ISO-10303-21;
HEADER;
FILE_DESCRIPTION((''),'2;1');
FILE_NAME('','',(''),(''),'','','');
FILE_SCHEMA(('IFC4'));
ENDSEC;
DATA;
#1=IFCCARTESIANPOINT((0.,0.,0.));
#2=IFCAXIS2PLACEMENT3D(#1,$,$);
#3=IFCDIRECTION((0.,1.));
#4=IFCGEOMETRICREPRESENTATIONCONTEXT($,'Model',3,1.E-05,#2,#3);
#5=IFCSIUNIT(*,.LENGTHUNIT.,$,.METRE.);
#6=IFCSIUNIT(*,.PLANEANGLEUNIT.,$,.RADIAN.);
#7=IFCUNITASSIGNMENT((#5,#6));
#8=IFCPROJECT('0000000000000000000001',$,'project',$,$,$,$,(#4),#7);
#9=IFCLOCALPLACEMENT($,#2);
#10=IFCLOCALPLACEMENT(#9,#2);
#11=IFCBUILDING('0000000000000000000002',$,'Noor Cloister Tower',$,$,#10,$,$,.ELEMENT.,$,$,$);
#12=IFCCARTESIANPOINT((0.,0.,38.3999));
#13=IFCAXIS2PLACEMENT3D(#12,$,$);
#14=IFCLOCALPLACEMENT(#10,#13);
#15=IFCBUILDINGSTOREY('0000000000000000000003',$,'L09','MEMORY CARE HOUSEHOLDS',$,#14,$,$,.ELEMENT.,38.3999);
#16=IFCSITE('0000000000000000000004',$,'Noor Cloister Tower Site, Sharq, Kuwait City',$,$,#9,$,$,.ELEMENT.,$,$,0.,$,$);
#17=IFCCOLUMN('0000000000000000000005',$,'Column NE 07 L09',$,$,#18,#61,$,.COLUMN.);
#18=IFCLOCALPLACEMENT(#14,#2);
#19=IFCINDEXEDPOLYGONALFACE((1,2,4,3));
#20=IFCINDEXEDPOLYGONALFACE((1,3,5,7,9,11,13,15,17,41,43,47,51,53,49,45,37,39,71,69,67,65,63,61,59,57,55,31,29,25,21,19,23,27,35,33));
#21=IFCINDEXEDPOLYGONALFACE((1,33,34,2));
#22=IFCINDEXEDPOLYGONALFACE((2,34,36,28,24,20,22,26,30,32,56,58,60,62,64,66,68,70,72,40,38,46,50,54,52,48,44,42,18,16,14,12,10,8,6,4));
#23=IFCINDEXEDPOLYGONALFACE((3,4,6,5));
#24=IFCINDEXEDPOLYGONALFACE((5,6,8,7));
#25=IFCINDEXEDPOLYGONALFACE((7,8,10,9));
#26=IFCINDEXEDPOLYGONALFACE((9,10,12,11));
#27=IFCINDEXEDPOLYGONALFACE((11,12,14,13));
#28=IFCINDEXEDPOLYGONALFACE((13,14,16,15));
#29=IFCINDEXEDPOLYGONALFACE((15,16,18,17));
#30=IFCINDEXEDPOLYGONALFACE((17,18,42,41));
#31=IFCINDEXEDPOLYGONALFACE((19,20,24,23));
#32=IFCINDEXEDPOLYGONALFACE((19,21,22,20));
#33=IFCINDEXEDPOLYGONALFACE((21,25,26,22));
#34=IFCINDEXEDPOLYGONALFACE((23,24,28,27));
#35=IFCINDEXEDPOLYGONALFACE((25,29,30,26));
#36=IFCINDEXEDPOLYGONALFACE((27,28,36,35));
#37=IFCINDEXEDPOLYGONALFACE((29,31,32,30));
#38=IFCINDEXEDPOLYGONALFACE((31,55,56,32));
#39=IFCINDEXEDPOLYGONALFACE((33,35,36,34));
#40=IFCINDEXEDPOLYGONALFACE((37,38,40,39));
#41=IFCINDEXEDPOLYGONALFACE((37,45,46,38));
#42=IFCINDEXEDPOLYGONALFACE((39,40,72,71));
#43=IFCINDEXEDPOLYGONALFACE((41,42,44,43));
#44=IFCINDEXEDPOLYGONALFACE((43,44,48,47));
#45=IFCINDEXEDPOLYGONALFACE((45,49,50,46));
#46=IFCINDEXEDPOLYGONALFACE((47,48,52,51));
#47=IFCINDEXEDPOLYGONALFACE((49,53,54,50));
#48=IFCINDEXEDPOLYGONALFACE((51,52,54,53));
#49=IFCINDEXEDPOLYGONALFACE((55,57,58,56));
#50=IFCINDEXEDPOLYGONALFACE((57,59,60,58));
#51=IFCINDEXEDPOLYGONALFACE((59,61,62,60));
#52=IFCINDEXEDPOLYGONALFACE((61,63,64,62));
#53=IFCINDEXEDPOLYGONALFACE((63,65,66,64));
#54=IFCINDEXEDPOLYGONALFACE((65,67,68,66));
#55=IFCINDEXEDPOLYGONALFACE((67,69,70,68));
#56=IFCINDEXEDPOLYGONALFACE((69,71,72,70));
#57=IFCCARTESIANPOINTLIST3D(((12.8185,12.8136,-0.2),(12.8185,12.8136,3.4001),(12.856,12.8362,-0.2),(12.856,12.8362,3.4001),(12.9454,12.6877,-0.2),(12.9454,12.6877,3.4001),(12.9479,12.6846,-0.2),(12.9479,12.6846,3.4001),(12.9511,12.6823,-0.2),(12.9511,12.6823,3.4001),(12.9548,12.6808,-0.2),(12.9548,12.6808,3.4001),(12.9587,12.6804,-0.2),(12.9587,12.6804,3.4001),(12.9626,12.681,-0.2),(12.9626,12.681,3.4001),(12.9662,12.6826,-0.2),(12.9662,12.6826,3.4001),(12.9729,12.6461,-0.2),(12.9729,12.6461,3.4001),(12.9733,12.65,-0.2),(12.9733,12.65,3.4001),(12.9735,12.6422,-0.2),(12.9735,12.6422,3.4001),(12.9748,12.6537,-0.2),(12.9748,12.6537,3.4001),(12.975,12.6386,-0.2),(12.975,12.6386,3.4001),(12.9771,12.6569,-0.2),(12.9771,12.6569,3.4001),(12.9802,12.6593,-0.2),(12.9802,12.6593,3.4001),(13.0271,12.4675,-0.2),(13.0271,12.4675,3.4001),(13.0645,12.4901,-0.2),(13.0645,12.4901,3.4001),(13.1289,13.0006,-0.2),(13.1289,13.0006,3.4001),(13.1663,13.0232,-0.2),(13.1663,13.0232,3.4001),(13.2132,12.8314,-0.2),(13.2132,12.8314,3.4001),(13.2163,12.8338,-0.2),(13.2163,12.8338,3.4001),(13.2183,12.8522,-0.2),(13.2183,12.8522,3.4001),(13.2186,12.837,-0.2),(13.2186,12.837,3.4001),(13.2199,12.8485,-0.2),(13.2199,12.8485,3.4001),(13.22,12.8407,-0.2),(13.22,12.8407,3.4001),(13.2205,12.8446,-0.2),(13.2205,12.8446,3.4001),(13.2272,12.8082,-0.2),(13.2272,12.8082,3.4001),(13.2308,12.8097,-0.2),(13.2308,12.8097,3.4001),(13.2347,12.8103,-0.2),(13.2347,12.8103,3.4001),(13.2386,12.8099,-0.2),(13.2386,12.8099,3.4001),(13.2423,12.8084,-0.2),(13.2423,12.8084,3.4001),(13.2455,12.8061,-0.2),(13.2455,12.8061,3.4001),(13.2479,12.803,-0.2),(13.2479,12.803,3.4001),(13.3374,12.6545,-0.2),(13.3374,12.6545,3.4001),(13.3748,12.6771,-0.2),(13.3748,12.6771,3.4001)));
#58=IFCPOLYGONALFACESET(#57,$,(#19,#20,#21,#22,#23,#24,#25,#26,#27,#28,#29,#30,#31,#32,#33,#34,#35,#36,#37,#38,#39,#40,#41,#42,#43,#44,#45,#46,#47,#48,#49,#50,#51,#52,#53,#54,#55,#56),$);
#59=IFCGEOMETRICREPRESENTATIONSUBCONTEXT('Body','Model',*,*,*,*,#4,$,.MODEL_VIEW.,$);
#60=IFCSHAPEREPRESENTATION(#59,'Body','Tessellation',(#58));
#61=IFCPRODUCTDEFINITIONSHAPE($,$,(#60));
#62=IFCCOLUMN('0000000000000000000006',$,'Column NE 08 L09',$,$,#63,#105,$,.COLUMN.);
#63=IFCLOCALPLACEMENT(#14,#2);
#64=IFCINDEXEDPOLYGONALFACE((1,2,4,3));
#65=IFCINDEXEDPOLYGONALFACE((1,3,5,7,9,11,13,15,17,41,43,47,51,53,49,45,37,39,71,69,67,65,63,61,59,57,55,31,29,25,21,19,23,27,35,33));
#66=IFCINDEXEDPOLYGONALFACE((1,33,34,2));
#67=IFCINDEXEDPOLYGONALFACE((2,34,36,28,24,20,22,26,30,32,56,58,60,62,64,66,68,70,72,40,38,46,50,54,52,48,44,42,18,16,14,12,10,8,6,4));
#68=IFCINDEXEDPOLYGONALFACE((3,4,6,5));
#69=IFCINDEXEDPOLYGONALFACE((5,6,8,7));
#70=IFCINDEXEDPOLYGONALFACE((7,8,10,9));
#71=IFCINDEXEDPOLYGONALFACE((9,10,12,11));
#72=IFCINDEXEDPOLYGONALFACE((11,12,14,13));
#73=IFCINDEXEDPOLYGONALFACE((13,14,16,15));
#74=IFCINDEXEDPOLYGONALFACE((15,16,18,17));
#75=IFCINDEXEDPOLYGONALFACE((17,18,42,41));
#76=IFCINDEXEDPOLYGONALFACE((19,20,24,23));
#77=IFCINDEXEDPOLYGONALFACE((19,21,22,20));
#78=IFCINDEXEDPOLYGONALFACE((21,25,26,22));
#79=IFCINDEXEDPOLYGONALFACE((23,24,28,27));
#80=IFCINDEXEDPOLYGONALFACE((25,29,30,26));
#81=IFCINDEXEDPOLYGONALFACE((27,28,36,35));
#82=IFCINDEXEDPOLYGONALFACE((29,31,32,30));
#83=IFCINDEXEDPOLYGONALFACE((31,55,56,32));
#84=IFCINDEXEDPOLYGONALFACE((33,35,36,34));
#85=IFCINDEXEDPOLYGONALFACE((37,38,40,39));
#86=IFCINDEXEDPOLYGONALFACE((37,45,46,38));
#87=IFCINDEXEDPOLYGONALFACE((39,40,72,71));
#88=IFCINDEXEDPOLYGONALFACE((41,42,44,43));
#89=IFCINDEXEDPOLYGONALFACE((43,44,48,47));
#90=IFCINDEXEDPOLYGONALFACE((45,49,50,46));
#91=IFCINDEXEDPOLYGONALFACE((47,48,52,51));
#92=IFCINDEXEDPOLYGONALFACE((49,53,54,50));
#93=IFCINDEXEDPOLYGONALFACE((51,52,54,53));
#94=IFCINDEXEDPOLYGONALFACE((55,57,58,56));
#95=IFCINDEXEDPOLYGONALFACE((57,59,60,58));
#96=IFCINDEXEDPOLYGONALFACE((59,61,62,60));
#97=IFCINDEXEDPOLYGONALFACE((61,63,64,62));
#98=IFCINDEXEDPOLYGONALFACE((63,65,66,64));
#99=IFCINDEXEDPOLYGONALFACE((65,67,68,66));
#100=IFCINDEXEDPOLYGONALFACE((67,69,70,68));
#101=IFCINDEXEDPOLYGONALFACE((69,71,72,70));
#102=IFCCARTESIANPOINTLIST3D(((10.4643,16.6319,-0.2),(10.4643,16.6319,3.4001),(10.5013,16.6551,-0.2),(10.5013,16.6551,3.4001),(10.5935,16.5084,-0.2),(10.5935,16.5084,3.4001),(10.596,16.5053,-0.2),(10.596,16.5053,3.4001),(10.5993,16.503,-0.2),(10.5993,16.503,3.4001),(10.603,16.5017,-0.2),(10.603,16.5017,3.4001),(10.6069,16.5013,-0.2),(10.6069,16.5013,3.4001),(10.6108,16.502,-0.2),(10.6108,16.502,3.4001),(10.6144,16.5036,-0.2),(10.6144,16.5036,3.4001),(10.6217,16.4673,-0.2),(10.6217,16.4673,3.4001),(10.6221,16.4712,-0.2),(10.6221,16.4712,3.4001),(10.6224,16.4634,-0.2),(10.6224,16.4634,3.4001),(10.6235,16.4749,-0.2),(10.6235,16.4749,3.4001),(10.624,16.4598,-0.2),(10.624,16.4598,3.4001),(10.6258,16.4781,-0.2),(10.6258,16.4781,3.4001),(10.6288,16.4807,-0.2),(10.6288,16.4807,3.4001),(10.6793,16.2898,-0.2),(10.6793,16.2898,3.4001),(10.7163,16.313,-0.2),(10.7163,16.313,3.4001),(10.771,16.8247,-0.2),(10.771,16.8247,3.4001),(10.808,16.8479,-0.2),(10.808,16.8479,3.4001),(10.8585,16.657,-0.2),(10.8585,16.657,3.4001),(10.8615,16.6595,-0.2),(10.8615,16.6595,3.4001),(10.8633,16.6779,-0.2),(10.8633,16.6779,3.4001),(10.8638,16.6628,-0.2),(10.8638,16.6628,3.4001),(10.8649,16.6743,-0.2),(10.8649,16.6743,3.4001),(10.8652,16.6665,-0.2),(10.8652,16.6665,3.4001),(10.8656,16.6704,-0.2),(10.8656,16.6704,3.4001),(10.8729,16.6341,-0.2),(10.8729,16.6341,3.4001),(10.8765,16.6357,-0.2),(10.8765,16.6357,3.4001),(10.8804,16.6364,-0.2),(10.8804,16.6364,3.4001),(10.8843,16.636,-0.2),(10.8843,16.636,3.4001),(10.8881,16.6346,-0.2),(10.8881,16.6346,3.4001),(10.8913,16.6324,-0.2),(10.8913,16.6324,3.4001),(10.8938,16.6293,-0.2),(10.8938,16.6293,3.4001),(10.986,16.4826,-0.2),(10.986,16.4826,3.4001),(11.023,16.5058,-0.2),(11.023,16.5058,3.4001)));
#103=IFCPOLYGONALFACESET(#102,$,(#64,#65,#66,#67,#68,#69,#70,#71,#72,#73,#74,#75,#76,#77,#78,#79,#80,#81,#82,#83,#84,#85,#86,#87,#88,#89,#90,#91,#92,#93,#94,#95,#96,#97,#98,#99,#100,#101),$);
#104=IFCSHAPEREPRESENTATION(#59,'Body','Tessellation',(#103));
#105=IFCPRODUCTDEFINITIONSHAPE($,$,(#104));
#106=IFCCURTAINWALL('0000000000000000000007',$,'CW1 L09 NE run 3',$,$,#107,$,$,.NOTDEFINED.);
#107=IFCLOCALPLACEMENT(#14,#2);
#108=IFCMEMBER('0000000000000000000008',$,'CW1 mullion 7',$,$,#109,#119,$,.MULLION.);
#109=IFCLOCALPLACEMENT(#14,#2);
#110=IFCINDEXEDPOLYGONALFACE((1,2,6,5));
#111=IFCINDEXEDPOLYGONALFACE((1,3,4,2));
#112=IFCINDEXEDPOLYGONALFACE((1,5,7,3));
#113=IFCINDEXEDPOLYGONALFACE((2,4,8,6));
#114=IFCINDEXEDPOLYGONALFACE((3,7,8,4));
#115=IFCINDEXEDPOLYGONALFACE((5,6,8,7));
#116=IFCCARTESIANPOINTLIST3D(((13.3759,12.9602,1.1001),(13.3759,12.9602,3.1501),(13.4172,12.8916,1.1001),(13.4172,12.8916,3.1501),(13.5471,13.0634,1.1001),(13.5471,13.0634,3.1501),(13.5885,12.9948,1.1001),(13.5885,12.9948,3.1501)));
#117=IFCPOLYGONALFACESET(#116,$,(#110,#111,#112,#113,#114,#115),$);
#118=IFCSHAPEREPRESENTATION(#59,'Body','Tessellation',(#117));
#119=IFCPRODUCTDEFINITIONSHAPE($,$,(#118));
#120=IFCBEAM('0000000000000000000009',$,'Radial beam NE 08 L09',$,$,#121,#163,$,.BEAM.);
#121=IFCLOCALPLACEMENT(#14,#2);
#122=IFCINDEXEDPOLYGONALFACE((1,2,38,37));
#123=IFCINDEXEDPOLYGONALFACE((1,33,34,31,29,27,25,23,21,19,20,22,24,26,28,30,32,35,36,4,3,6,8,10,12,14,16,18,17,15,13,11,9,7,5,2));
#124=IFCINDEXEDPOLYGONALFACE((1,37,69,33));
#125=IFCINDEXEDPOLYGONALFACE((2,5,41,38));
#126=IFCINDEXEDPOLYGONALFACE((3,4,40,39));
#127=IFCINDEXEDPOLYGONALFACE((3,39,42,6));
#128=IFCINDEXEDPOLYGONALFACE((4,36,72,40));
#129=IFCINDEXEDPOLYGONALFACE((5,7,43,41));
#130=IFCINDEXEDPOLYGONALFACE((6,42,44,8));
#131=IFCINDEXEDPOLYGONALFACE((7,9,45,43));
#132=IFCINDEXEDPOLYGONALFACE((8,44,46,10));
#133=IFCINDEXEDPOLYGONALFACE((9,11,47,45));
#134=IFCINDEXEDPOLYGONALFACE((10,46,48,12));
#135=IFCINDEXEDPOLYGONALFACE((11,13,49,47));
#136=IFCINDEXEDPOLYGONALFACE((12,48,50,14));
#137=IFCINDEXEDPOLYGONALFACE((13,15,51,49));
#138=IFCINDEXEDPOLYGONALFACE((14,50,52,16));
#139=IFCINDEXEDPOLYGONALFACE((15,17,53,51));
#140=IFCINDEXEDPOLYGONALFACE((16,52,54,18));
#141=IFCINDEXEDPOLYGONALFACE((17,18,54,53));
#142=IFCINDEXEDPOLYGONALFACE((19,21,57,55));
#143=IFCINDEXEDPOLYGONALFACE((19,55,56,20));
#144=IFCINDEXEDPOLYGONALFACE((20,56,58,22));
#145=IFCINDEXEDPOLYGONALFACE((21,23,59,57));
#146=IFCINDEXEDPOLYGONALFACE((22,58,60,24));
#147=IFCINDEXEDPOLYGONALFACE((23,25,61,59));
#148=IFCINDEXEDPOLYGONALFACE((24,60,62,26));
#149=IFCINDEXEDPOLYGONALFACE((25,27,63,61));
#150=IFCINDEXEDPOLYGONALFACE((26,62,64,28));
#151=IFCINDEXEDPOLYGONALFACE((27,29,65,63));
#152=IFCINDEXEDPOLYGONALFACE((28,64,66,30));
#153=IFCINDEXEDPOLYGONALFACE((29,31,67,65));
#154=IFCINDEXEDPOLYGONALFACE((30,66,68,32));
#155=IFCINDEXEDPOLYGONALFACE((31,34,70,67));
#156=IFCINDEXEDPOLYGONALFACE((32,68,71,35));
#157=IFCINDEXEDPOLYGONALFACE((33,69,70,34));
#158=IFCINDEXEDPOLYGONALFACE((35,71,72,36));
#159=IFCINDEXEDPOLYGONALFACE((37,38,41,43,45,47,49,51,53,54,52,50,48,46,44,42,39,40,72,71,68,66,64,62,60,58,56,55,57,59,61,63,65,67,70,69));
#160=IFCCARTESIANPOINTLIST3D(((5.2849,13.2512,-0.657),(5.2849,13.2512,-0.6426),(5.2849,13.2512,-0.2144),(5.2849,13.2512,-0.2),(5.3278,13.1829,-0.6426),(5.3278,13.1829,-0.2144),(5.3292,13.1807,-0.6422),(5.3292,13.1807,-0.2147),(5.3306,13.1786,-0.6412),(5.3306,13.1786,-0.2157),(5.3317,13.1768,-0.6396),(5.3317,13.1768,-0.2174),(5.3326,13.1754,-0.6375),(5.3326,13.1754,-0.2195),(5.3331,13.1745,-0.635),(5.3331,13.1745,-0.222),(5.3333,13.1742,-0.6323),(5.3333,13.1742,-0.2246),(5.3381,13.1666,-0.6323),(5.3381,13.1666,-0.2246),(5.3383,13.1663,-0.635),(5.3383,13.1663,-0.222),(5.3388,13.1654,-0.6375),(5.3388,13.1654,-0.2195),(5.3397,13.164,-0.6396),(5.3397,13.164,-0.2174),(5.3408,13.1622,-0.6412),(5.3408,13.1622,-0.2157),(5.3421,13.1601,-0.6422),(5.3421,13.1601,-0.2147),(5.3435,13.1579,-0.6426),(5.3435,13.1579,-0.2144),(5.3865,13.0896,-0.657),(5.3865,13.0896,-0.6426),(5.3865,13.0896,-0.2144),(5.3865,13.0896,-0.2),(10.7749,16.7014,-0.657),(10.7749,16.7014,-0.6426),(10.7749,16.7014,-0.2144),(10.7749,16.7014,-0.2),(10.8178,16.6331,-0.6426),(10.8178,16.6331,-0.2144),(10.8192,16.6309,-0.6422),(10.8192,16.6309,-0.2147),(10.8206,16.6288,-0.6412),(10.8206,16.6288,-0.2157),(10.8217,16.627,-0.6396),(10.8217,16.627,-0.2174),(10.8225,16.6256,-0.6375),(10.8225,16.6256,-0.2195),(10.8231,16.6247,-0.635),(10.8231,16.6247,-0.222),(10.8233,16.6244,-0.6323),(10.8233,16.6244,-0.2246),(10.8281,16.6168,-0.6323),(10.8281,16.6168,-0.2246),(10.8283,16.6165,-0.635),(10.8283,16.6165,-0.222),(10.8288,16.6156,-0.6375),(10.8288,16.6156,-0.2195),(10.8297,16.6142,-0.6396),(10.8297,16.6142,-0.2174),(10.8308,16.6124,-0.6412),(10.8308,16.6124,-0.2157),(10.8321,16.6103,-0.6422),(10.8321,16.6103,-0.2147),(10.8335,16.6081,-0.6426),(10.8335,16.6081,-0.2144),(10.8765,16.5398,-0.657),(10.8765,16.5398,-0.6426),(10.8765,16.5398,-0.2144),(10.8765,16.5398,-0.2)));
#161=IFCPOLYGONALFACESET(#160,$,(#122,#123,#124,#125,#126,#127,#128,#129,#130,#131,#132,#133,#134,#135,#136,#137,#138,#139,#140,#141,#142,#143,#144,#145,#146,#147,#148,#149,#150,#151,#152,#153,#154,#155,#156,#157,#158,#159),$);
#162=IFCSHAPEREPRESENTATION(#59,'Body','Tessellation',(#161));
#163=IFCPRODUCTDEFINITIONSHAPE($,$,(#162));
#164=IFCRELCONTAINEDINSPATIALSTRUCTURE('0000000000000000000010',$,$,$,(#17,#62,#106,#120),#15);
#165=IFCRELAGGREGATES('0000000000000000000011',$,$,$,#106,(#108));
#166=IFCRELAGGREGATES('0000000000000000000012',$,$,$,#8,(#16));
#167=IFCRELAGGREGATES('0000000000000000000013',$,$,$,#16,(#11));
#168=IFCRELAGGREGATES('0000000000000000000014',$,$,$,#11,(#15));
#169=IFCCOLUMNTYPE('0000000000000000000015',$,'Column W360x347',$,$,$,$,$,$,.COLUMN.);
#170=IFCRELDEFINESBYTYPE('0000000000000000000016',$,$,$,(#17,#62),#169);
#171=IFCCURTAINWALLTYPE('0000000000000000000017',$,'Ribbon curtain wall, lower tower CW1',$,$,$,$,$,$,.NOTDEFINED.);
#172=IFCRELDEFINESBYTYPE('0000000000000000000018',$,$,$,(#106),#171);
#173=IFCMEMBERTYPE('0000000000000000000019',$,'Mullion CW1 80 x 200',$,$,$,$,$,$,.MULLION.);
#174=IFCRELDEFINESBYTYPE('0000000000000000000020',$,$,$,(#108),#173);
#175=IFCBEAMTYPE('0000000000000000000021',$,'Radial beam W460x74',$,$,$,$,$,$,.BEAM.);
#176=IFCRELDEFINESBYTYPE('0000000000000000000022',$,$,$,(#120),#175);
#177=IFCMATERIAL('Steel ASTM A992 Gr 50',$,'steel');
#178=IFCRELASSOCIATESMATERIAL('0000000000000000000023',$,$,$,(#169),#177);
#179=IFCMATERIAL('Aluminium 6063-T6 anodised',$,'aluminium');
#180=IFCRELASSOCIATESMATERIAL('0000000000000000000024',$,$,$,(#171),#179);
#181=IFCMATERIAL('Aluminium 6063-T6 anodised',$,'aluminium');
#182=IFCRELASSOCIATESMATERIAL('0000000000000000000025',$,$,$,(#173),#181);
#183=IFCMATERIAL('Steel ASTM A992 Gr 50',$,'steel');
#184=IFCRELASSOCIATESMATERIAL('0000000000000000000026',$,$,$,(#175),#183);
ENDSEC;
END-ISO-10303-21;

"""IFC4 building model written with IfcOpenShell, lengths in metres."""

from ifc_helpers import new_model, si_unit, direction, frame, origin, origin_2d, place, context, subcontext, project, spatial, rectangle, i_section, extrude, material, material_profile, profile_set, type_object, element, aggregate, save


model = new_model("IFC4")

# Units and contexts
model_context = context("Model", 3, precision=1e-05, world=origin(), true_north=direction((0.0, 1.0)))
body_context = subcontext(model_context, "Body", "Model", "MODEL_VIEW")
ifc_project = project(units=[si_unit("LENGTHUNIT", "METRE"), si_unit("PLANEANGLEUNIT", "RADIAN")], contexts=[model_context])

# Site, building, storey
site_placement = place(None, origin())
site = spatial("IfcSite", under=ifc_project, at=site_placement, Name="Noor Cloister Tower Site, Sharq, Kuwait City", CompositionType="ELEMENT", RefElevation=0.0)
building_placement = place(site_placement, origin())
building = spatial("IfcBuilding", under=site, at=building_placement, Name="Noor Cloister Tower", CompositionType="ELEMENT")
storey_placement = place(building_placement, frame((0.0, 0.0, 38.3999)))
storey = spatial("IfcBuildingStorey", under=building, at=storey_placement, Name="L09", Description="MEMORY CARE HOUSEHOLDS", CompositionType="ELEMENT", Elevation=38.3999)

# Columns
ifc_material_1 = material(Name="Steel ASTM A992 Gr 50", Category="steel")
ifc_material_profile_1 = material_profile(ifc_material_1, i_section(OverallWidth=0.4041, OverallDepth=0.406, WebThickness=0.0271, FlangeThickness=0.0437, FilletRadius=0.0151, at=origin_2d()), Name="W360x347")
ifc_profile_set_1 = profile_set([ifc_material_profile_1], Name="Steel ASTM A992 Gr 50")
column_type = type_object("IfcColumnType", Name="Column W360x347", PredefinedType="COLUMN", material=ifc_profile_set_1)
for number, where, z_axis, x_axis, name in (
    (1, (13.0967, 12.7454, -0.2), (0.0, 0.0, 1.0), (-0.51613, 0.85651, 0.0), "Column NE 07 L09"),
    (2, (10.7437, 16.5688, -0.2), (0.0, 0.0, 1.0), (-0.532079, 0.846695, 0.0), "Column NE 08 L09"),
):
    element("IfcColumn", number, at=place(storey_placement, frame(where, z_axis=z_axis, x_axis=x_axis)), inside=storey, type_object=column_type, Name=name, PredefinedType="COLUMN", context=body_context, shape_type="SweptSolid", body=[
        extrude(i_section(OverallWidth=0.4041, OverallDepth=0.406, WebThickness=0.0271, FlangeThickness=0.0437, FilletRadius=0.0151, at=origin_2d()), origin(), (0.0, 0.0, 1.0), 3.6001),
    ])

# Curtain wall, member
ifc_material_2 = material(Name="Aluminium 6063-T6 anodised", Category="aluminium")
curtain_wall_type = type_object("IfcCurtainWallType", Name="Ribbon curtain wall, lower tower CW1", PredefinedType="NOTDEFINED", material=ifc_material_2)
curtain_wall_placement = place(storey_placement, origin())
curtain_wall = element("IfcCurtainWall", 3, at=curtain_wall_placement, inside=storey, type_object=curtain_wall_type, Name="CW1 L09 NE run 3", PredefinedType="NOTDEFINED")
ifc_material_3 = material(Name="Aluminium 6063-T6 anodised", Category="aluminium")
ifc_material_profile_2 = material_profile(ifc_material_3, rectangle(XDim=0.2, YDim=0.0801, at=origin_2d()), Name="200 x 80 mullion")
ifc_profile_set_2 = profile_set([ifc_material_profile_2], Name="Aluminium 6063-T6 anodised")
member_type = type_object("IfcMemberType", Name="Mullion CW1 80 x 200", PredefinedType="MULLION", material=ifc_profile_set_2)
member_placement = place(storey_placement, frame((13.4822, 12.9775, 1.1001), z_axis=(0.0, 0.0, 1.0), x_axis=(-0.85651, -0.51613, 0.0)))
member = element("IfcMember", 4, at=member_placement, type_object=member_type, Name="CW1 mullion 7", PredefinedType="MULLION", context=body_context, shape_type="SweptSolid", body=[
    extrude(rectangle(XDim=0.2, YDim=0.0801, at=origin_2d()), origin(), (0.0, 0.0, 1.0), 2.05),
])

# Beam
ifc_material_4 = material(Name="Steel ASTM A992 Gr 50", Category="steel")
ifc_material_profile_3 = material_profile(ifc_material_4, i_section(OverallWidth=0.1909, OverallDepth=0.457, WebThickness=0.009, FlangeThickness=0.0144, FilletRadius=0.0103, at=origin_2d()), Name="W460x74")
ifc_profile_set_3 = profile_set([ifc_material_profile_3], Name="Steel ASTM A992 Gr 50")
beam_type_1 = type_object("IfcBeamType", Name="Radial beam W460x74", PredefinedType="BEAM", material=ifc_profile_set_3)
beam_1_placement = place(storey_placement, frame((10.8257, 16.6206, -0.4285), z_axis=(-0.846682, -0.532099, 0.0), x_axis=(0.532099, -0.846682, 0.0)))
element("IfcBeam", 5, at=beam_1_placement, inside=storey, type_object=beam_type_1, Name="Radial beam NE 08 L09", PredefinedType="BEAM", context=body_context, shape_type="SweptSolid", body=[
    extrude(i_section(OverallWidth=0.1909, OverallDepth=0.457, WebThickness=0.009, FlangeThickness=0.0144, FilletRadius=0.0103, at=origin_2d()), origin(), (0.0, 0.0, 1.0), 6.4841),
])

aggregate(curtain_wall, [member])

save(model, "model.ifc")
